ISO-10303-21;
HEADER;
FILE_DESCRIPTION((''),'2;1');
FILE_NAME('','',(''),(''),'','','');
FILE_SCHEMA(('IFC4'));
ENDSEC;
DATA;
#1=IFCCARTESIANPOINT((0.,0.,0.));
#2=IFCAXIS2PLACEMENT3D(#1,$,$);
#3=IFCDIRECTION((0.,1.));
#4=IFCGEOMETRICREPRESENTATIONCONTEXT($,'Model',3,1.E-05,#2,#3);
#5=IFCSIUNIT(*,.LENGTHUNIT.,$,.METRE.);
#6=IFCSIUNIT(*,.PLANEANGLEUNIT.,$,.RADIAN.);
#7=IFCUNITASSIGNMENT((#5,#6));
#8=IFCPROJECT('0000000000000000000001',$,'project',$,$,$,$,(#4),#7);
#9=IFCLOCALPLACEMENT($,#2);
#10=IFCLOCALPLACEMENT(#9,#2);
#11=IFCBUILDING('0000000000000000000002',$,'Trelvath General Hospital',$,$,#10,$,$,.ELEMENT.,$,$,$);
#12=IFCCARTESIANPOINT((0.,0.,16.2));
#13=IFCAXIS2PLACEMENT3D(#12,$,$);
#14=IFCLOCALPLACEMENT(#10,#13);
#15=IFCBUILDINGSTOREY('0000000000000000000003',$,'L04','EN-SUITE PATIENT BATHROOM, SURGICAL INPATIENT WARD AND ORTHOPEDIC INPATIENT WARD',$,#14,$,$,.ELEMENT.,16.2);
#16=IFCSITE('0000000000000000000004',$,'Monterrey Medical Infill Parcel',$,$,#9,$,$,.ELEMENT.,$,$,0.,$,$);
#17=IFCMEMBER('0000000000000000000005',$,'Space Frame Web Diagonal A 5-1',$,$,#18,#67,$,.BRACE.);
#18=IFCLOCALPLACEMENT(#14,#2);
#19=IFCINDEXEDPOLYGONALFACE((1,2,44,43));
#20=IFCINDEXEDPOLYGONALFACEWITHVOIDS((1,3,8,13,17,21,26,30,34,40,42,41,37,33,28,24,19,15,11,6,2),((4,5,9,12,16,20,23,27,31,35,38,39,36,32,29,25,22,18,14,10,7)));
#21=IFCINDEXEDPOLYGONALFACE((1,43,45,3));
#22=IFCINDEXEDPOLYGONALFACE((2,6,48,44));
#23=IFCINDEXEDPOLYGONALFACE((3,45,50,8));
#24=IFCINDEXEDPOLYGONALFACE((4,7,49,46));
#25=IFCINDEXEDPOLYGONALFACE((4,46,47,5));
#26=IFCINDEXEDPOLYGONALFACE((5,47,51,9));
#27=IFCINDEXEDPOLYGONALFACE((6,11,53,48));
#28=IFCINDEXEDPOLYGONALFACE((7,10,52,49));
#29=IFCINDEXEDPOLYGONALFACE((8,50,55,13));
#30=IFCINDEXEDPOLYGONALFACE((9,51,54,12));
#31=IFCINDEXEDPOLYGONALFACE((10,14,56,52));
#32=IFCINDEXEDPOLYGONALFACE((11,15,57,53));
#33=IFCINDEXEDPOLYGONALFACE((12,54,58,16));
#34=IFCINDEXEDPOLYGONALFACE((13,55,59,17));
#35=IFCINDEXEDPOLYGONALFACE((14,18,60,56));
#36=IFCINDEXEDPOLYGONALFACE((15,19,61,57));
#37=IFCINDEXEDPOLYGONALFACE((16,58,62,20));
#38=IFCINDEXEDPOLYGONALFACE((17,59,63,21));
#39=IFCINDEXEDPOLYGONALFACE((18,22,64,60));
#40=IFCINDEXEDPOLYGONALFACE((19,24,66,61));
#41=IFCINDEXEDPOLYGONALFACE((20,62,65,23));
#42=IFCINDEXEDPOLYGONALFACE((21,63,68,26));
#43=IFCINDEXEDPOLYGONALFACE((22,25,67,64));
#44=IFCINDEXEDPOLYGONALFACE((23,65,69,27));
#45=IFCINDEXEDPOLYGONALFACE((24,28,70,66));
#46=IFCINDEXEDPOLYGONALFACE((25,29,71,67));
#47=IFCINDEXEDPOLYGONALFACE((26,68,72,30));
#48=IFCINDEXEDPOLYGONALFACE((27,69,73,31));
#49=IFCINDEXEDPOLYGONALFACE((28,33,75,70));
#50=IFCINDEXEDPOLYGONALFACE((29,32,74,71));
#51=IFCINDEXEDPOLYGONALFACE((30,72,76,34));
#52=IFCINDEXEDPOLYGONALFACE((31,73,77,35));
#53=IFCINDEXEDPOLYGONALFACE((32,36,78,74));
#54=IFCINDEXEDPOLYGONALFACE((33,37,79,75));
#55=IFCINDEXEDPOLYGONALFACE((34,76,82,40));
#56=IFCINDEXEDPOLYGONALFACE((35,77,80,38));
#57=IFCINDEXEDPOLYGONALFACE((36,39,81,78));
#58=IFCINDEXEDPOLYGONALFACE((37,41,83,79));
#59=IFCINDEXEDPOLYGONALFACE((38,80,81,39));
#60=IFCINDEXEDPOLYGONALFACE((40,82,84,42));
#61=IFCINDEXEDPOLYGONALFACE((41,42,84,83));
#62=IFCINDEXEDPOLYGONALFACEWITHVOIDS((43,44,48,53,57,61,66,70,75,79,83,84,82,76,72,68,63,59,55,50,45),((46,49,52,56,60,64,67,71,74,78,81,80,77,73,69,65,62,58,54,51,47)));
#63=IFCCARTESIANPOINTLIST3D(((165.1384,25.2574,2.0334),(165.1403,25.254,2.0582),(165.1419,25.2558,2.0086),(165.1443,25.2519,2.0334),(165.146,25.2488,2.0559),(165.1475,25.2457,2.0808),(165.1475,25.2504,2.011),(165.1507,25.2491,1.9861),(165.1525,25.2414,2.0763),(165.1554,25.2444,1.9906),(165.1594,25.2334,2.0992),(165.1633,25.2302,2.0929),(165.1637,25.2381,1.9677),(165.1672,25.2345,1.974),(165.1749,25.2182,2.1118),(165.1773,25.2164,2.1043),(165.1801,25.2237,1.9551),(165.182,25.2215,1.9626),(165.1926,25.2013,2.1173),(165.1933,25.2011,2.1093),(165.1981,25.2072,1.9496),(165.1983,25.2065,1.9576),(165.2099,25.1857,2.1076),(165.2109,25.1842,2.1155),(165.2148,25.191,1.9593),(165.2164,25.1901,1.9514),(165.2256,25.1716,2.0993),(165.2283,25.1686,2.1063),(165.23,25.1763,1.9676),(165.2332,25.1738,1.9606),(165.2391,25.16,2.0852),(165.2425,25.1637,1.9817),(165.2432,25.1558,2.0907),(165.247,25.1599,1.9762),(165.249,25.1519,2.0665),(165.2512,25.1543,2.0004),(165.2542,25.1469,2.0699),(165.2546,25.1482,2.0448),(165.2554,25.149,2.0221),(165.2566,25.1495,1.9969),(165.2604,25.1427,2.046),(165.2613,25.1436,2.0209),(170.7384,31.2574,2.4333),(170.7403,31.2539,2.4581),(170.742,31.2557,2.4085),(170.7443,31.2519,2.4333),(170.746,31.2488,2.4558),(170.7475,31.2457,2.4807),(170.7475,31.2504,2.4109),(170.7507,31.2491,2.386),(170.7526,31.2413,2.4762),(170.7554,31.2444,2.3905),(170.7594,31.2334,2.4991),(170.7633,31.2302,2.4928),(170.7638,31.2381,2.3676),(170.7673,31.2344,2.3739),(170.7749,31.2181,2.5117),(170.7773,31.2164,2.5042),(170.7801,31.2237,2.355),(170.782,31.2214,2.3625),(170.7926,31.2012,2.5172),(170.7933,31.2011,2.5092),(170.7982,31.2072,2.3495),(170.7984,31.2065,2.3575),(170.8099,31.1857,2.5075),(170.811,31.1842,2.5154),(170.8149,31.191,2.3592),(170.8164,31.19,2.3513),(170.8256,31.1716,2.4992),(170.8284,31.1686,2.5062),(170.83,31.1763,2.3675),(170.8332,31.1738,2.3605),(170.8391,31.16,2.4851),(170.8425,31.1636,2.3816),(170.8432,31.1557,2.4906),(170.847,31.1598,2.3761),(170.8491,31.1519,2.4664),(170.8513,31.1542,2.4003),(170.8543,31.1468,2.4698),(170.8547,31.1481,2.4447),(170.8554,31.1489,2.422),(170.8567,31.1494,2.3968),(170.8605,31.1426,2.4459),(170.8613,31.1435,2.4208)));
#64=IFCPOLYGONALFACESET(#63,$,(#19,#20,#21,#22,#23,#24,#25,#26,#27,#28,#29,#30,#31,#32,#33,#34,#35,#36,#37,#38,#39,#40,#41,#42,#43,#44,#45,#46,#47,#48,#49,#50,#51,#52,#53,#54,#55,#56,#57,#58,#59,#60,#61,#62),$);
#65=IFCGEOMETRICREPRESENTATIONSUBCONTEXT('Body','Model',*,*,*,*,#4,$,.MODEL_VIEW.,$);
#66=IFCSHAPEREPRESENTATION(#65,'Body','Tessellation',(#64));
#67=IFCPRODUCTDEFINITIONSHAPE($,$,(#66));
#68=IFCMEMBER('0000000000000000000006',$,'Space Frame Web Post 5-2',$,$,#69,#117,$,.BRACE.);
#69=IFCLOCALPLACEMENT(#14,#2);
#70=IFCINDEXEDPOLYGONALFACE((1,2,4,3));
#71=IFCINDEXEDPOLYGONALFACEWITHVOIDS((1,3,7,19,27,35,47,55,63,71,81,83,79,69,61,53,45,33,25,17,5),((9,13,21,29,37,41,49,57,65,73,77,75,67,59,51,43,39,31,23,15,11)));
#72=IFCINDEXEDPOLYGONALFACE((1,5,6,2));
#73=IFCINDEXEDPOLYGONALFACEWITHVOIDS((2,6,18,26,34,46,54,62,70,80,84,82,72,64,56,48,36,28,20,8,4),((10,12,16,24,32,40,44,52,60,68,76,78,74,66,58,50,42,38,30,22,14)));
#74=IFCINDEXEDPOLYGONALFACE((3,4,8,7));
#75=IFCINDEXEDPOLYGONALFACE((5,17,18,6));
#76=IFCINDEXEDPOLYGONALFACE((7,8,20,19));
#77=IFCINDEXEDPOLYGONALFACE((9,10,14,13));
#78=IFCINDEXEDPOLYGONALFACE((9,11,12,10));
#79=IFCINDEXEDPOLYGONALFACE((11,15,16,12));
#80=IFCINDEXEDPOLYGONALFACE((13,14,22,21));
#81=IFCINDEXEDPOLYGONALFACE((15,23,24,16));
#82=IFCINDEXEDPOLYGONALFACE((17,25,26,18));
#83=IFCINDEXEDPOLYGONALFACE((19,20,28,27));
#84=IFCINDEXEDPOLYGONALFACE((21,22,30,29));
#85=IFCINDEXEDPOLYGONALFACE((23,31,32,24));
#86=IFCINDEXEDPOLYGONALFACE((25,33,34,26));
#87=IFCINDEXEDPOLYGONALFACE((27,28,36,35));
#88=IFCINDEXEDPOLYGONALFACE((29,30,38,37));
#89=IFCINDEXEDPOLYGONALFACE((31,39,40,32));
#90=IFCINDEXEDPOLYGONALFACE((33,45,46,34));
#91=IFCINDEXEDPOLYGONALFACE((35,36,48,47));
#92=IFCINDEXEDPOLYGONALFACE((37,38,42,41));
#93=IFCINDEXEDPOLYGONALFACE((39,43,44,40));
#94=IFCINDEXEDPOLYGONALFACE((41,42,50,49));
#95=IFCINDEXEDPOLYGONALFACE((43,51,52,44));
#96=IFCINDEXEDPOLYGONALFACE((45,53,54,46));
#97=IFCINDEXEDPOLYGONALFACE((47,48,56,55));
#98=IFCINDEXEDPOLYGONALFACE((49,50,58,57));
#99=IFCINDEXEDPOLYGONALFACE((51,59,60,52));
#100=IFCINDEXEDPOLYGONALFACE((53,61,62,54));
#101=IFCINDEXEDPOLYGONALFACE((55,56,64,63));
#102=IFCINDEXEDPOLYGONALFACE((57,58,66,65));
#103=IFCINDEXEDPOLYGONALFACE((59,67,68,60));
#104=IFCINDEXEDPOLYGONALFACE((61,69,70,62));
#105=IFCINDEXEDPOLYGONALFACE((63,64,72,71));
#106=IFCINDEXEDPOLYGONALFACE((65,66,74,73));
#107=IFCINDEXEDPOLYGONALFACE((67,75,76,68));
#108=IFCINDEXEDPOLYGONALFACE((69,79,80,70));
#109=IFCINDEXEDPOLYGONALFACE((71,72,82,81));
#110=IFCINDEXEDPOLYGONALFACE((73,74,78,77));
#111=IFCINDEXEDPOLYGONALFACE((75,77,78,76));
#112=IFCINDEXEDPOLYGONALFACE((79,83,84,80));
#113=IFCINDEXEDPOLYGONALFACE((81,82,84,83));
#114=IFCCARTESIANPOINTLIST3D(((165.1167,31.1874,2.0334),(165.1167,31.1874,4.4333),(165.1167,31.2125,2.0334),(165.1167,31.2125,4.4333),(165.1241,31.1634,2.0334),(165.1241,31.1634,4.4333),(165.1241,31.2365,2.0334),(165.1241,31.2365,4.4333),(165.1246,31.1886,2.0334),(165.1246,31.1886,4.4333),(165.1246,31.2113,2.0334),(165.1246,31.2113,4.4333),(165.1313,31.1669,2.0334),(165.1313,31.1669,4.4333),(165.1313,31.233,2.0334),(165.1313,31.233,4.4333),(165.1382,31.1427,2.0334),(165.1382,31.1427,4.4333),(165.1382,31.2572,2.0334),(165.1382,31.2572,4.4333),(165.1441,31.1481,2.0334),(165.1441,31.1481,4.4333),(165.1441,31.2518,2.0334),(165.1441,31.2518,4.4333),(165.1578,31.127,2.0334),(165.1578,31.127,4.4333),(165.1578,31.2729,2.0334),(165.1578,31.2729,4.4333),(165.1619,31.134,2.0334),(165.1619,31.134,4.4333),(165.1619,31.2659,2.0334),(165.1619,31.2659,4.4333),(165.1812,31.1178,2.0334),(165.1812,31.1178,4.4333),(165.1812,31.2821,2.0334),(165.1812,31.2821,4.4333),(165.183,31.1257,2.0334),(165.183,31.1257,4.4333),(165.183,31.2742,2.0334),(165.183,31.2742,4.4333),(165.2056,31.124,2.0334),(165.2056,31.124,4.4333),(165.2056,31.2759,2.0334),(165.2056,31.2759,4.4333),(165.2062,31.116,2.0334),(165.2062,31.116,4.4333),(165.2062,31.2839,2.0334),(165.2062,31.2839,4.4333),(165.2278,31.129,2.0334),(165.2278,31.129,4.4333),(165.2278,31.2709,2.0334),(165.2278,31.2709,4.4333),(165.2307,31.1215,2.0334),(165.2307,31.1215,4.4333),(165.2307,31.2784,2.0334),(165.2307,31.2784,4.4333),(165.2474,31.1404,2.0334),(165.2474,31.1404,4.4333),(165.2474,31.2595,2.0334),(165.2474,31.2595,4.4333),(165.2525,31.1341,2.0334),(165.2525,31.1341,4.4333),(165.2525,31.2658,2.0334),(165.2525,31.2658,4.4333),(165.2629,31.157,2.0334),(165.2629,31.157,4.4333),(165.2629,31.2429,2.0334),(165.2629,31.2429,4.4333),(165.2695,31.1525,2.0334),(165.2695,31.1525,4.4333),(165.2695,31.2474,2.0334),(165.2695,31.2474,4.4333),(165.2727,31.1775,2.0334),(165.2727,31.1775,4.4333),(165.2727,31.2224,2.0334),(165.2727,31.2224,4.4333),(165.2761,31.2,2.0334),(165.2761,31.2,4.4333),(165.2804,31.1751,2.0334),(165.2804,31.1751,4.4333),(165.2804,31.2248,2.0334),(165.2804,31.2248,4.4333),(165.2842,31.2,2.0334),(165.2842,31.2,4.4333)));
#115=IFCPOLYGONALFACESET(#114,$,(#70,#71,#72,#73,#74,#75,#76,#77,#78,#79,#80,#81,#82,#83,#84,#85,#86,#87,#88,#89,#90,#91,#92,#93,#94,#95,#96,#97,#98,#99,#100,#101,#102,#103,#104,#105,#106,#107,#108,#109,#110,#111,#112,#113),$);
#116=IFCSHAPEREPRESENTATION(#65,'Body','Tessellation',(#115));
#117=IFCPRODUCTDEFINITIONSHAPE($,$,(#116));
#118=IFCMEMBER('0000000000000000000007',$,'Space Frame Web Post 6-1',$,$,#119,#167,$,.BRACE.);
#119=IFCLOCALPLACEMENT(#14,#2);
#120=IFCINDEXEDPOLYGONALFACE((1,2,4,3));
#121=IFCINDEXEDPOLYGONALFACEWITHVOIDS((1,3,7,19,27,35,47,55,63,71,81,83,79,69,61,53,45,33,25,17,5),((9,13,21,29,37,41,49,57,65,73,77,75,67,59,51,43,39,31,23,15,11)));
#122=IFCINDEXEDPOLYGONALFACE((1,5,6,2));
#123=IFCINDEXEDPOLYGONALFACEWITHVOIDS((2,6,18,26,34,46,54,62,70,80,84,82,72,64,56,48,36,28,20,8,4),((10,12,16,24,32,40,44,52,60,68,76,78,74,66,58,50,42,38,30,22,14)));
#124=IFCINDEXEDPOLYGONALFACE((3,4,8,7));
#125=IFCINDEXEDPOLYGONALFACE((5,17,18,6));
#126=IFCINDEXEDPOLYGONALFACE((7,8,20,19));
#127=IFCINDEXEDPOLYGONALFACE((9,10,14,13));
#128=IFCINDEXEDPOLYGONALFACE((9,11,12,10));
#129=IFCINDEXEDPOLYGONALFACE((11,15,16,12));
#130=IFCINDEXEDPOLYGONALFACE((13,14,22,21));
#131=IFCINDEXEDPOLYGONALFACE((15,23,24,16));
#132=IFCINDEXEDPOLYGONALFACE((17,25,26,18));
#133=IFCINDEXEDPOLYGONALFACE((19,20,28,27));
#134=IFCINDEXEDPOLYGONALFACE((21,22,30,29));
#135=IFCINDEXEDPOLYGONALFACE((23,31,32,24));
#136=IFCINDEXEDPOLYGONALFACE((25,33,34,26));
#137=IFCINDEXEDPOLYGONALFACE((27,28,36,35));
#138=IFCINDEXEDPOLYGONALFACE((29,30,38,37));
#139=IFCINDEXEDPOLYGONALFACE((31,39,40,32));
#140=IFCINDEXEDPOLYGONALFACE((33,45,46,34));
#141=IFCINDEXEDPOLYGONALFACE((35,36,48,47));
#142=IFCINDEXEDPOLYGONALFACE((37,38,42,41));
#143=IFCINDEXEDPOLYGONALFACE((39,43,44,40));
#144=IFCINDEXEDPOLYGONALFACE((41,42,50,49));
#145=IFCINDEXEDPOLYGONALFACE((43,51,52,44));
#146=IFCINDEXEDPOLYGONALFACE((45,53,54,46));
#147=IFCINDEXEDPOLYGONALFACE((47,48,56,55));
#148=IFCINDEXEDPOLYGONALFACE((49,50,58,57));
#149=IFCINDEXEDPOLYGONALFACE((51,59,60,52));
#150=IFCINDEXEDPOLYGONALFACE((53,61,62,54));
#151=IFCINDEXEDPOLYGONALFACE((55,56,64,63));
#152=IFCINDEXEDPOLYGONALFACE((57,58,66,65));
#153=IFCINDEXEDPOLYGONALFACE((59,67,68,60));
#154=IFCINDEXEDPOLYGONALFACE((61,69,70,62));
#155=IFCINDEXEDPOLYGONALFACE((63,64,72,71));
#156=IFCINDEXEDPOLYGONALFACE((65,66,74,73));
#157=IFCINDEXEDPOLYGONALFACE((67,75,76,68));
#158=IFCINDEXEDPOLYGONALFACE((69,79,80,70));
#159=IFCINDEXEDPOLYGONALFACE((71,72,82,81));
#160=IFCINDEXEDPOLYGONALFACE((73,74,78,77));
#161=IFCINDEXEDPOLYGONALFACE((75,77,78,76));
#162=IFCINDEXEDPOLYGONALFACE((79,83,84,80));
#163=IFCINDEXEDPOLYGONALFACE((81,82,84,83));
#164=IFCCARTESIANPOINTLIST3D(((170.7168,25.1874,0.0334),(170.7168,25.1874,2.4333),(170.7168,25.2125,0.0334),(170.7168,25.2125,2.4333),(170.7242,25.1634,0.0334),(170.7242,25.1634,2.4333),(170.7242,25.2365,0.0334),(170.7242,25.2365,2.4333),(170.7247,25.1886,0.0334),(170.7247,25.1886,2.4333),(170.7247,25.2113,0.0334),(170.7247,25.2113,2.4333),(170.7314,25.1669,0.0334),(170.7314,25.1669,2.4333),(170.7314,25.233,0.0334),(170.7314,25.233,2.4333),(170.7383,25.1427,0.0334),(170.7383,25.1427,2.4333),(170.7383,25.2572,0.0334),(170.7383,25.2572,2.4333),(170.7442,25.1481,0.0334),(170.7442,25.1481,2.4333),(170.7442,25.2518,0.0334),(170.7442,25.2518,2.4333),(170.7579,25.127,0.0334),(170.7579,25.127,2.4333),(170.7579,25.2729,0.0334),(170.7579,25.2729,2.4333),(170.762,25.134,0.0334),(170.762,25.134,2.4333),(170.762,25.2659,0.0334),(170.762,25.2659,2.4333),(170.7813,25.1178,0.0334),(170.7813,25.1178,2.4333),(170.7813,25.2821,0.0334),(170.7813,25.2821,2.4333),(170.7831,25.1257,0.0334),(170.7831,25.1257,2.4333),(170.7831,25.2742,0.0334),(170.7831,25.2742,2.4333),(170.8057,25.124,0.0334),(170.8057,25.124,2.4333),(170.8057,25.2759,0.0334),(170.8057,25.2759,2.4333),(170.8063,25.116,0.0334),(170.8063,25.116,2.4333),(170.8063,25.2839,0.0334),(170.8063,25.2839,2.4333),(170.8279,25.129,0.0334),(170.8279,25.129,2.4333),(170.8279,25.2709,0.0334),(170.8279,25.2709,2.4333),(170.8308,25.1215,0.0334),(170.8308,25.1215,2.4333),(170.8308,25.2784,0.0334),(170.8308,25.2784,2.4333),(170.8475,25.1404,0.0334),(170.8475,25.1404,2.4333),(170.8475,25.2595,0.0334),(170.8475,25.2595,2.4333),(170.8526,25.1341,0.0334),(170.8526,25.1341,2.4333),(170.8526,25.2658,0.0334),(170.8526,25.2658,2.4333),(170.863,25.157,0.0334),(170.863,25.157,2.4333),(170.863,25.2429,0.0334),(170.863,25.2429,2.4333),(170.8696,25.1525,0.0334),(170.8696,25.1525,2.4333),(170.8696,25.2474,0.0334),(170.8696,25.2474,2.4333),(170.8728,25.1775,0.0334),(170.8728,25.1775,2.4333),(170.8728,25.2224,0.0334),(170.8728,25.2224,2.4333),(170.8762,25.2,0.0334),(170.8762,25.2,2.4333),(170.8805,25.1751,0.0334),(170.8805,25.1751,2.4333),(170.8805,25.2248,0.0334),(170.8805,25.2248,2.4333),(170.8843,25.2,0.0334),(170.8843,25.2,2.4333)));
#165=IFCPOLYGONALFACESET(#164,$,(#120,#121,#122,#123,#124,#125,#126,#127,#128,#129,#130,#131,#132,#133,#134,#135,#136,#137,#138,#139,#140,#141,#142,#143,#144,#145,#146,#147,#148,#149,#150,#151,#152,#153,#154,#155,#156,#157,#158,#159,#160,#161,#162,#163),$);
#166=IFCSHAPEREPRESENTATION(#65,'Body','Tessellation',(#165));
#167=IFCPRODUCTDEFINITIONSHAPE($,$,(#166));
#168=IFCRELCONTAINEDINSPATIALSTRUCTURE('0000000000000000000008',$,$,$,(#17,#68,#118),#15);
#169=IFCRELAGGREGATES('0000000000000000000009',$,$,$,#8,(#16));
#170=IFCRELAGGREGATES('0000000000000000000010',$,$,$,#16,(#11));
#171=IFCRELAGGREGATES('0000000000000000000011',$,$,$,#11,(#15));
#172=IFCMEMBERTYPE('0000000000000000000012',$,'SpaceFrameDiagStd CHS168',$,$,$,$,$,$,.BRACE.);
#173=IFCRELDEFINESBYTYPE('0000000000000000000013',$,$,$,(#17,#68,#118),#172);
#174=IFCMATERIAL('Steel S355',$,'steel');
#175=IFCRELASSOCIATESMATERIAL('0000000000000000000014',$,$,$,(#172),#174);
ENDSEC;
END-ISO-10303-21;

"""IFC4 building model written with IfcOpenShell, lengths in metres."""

from ifc_helpers import new_model, si_unit, direction, frame, origin, origin_2d, place, context, subcontext, project, spatial, hollow_circle, extrude, material, material_profile, profile_set, type_object, element, save


model = new_model("IFC4")

# Units and contexts
model_context = context("Model", 3, precision=1e-05, world=origin(), true_north=direction((0.0, 1.0)))
body_context = subcontext(model_context, "Body", "Model", "MODEL_VIEW")
ifc_project = project(units=[si_unit("LENGTHUNIT", "METRE"), si_unit("PLANEANGLEUNIT", "RADIAN")], contexts=[model_context])

# Site, building, storey
site_placement = place(None, origin())
site = spatial("IfcSite", under=ifc_project, at=site_placement, Name="Monterrey Medical Infill Parcel", CompositionType="ELEMENT", RefElevation=0.0)
building_placement = place(site_placement, origin())
building = spatial("IfcBuilding", under=site, at=building_placement, Name="Trelvath General Hospital", CompositionType="ELEMENT")
storey_placement = place(building_placement, frame((0.0, 0.0, 16.2)))
storey = spatial("IfcBuildingStorey", under=building, at=storey_placement, Name="L04", Description="EN-SUITE PATIENT BATHROOM, SURGICAL INPATIENT WARD AND ORTHOPEDIC INPATIENT WARD", CompositionType="ELEMENT", Elevation=16.2)

# Members
ifc_material_1 = material(Name="Steel S355", Category="steel")
ifc_material_profile_1 = material_profile(ifc_material_1, hollow_circle(Radius=0.0842, WallThickness=0.0081, at=origin_2d()), Name="CHS168.3x8.0")
ifc_profile_set_1 = profile_set([ifc_material_profile_1], Name="Steel S355")
member_type_1 = type_object("IfcMemberType", Name="SpaceFrameDiagStd CHS168", PredefinedType="BRACE", material=ifc_profile_set_1)
member_1_placement = place(storey_placement, frame((165.2, 25.2, 2.0334), z_axis=(0.681516, 0.730183, 0.048667), x_axis=(-0.731049, 0.682325, 0.0)))
element("IfcMember", 1, at=member_1_placement, inside=storey, type_object=member_type_1, Name="Space Frame Web Diagonal A 5-1", PredefinedType="BRACE", context=body_context, shape_type="SweptSolid", body=[
    extrude(hollow_circle(Radius=0.0842, WallThickness=0.0081, at=origin_2d()), origin(), (0.0, 0.0, 1.0), 8.217),
])
for number, where, z_axis, x_axis, name in (
    (2, (165.2, 31.2, 2.0334), (0.0, 0.0, 1.0), (1.0, 0.0, 0.0), "Space Frame Web Post 5-2"),
    (3, (170.8, 25.2, 0.0334), (0.0, 0.0, 1.0), (1.0, 0.0, 0.0), "Space Frame Web Post 6-1"),
):
    element("IfcMember", number, at=place(storey_placement, frame(where, z_axis=z_axis, x_axis=x_axis)), inside=storey, type_object=member_type_1, Name=name, PredefinedType="BRACE", context=body_context, shape_type="SweptSolid", body=[
        extrude(hollow_circle(Radius=0.0842, WallThickness=0.0081, at=origin_2d()), origin(), (0.0, 0.0, 1.0), 2.3999),
    ])

save(model, "model.ifc")
